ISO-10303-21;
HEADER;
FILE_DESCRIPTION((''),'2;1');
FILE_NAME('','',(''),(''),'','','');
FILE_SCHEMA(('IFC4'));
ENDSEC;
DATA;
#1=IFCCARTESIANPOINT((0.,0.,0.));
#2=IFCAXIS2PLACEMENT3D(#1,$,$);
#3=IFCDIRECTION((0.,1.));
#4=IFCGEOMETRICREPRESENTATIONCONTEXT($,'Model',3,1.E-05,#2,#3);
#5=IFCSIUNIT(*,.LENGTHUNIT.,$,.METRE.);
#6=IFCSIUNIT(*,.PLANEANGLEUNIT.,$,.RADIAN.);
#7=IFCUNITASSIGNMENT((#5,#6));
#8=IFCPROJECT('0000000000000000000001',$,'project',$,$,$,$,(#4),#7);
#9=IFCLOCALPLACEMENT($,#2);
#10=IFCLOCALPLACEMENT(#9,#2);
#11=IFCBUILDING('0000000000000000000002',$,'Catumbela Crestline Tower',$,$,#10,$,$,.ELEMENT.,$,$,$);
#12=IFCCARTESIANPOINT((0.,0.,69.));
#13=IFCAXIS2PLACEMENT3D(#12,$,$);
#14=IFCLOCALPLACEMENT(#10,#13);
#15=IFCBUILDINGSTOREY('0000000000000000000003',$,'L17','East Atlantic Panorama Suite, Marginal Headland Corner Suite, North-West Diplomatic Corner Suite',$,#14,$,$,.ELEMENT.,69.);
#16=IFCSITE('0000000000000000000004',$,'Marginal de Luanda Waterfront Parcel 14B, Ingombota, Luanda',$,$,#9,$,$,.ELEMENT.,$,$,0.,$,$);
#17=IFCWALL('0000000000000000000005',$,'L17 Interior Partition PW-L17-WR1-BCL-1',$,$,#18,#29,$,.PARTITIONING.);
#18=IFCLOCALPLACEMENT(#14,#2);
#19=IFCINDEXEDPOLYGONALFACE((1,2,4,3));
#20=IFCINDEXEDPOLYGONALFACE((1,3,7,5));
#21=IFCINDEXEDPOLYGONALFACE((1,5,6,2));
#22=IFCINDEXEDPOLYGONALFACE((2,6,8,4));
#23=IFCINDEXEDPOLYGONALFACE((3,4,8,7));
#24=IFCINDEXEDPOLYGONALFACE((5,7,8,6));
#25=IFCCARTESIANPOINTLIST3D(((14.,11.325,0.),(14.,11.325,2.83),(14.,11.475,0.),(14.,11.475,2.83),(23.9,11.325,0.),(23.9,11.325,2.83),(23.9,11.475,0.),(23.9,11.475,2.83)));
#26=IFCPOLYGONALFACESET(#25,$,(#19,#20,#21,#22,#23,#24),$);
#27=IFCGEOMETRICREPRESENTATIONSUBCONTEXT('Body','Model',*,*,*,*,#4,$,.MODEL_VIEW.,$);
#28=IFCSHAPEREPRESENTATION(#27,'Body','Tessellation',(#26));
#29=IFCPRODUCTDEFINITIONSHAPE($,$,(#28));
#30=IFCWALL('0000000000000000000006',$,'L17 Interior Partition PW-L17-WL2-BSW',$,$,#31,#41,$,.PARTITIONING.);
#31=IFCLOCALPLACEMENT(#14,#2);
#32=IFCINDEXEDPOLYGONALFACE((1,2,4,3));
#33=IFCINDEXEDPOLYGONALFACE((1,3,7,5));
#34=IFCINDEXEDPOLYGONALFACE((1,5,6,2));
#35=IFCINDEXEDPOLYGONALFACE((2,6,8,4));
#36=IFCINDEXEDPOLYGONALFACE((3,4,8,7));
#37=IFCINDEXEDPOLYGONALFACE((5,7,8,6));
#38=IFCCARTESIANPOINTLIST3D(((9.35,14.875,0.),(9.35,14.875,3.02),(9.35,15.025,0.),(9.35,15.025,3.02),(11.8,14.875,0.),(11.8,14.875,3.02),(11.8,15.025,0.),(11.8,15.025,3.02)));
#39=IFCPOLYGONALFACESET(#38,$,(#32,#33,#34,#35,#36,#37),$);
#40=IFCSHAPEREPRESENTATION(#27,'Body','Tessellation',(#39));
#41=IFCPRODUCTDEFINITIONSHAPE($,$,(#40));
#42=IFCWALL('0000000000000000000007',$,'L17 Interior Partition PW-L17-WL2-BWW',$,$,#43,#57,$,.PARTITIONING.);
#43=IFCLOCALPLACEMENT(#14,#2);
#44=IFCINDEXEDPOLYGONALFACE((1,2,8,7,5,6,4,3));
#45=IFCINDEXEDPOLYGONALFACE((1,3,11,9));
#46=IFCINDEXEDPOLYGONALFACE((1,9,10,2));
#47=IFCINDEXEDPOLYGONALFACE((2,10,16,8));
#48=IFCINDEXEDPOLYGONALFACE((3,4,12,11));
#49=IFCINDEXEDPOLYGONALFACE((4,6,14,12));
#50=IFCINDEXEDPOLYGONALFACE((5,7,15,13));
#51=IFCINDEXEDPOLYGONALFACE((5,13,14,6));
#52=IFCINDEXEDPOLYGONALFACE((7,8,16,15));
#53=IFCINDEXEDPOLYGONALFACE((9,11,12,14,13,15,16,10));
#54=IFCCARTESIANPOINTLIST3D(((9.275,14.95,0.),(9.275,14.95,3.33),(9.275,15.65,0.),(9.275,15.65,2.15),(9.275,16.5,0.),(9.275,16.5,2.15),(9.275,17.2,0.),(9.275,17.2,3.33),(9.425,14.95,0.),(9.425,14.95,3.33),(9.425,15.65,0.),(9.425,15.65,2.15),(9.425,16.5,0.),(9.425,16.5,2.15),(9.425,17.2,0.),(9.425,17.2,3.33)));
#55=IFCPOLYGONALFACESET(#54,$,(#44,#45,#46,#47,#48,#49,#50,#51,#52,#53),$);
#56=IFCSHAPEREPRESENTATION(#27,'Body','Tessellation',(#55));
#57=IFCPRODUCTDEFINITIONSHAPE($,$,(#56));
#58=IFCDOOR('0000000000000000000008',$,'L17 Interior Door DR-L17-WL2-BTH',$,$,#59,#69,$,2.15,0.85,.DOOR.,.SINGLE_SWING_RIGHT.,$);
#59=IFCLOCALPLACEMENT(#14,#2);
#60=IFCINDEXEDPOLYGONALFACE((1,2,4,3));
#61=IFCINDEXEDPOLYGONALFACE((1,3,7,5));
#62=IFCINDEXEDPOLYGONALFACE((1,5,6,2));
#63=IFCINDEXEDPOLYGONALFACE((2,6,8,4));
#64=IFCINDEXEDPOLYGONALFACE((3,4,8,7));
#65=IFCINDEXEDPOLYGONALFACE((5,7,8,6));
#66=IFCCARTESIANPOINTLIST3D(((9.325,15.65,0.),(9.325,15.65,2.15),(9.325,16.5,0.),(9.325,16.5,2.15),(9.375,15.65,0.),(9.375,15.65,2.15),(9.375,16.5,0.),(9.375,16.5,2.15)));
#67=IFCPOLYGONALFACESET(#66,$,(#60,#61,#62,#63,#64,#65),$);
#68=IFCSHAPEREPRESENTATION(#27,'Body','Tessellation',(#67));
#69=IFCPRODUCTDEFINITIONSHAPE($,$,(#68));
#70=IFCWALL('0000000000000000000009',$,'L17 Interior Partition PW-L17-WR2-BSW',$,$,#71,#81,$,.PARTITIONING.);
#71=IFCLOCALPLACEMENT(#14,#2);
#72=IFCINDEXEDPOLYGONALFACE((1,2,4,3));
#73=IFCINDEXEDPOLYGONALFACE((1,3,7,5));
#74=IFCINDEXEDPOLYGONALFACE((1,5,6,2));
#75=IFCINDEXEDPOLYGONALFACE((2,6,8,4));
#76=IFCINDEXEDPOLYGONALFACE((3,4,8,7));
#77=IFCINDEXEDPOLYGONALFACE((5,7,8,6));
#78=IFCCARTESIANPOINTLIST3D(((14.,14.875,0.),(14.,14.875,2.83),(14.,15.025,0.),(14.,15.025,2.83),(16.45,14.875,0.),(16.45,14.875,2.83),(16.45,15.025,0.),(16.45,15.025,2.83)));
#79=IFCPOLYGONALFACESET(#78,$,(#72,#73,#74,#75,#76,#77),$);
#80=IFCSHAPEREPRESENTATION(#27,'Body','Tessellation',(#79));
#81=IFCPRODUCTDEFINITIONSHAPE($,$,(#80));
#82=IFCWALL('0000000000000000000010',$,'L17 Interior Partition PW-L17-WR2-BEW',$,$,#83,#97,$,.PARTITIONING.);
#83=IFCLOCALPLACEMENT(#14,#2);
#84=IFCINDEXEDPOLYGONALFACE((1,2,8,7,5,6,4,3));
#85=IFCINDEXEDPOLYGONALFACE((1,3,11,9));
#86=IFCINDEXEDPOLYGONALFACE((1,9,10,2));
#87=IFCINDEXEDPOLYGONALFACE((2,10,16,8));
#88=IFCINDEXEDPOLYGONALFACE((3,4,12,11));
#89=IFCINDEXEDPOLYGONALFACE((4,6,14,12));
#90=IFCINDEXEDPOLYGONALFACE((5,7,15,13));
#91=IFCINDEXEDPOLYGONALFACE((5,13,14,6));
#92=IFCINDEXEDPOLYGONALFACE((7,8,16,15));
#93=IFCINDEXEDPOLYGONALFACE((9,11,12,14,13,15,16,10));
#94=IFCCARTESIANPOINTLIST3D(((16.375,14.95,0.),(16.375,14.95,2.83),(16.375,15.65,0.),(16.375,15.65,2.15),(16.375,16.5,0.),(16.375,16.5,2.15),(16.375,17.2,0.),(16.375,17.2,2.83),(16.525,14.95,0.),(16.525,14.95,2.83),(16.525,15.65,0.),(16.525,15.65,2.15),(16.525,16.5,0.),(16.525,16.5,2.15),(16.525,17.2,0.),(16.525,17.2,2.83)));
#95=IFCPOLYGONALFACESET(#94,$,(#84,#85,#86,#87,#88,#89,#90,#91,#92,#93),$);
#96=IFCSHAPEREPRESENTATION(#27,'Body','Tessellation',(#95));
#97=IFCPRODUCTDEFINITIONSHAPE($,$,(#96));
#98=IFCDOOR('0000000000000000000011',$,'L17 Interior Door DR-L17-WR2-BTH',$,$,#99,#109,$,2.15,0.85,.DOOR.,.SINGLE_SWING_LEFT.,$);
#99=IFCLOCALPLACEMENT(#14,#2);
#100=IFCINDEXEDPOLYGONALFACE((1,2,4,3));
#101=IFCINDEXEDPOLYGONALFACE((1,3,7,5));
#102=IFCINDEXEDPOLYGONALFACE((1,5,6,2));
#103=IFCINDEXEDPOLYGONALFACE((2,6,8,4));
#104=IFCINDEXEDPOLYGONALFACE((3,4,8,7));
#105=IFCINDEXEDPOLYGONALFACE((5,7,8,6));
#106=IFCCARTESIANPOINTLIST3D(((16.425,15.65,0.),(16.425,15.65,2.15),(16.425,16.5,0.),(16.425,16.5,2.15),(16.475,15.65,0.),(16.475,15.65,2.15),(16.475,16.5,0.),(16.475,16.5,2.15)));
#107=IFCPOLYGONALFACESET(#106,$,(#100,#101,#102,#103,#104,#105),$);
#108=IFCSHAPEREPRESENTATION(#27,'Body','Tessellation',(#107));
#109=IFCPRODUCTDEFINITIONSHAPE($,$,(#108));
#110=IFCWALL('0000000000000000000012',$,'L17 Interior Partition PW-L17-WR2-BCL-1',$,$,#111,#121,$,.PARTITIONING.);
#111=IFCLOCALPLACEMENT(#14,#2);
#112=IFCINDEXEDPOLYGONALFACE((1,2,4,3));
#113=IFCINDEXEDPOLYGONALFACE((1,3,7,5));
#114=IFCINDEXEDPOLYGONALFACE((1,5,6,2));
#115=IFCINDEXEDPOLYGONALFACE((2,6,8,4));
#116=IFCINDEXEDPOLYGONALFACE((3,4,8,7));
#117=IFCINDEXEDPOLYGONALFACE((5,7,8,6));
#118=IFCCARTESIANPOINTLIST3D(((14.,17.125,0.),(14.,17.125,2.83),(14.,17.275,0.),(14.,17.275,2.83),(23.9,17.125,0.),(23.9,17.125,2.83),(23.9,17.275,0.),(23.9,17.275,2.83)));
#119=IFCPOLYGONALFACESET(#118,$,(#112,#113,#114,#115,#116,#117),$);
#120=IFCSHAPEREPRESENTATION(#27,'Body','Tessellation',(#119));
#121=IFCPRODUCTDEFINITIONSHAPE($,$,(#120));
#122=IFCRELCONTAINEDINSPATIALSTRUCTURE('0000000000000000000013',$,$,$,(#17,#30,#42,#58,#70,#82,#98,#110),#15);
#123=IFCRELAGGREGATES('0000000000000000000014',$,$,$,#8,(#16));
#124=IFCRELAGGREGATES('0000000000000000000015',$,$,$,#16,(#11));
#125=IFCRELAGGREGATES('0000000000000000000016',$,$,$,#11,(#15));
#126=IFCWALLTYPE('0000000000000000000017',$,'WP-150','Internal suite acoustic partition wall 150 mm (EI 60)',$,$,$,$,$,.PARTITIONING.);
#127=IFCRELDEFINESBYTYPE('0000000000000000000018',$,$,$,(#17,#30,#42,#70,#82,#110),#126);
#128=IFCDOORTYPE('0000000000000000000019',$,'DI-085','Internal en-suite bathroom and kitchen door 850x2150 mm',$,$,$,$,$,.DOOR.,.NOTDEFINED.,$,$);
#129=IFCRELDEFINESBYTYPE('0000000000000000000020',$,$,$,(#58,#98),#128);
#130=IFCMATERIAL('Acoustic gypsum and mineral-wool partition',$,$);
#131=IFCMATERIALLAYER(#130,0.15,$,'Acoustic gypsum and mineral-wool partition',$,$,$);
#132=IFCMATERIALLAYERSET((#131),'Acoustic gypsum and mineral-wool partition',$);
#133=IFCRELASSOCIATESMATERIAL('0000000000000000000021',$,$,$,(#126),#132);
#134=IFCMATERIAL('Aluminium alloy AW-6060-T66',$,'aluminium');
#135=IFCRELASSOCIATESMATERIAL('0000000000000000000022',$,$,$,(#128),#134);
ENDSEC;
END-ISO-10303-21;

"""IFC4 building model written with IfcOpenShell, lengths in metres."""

from ifc_helpers import new_model, si_unit, direction, frame, frame_2d, origin, place, context, subcontext, project, spatial, rectangle, extrude, material, layer, layer_set, type_object, element, fill, save


model = new_model("IFC4")

# Units and contexts
model_context = context("Model", 3, precision=1e-05, world=origin(), true_north=direction((0.0, 1.0)))
body_context = subcontext(model_context, "Body", "Model", "MODEL_VIEW")
ifc_project = project(units=[si_unit("LENGTHUNIT", "METRE"), si_unit("PLANEANGLEUNIT", "RADIAN")], contexts=[model_context])

# Site, building, storey
site_placement = place(None, origin())
site = spatial("IfcSite", under=ifc_project, at=site_placement, Name="Marginal de Luanda Waterfront Parcel 14B, Ingombota, Luanda", CompositionType="ELEMENT", RefElevation=0.0)
building_placement = place(site_placement, origin())
building = spatial("IfcBuilding", under=site, at=building_placement, Name="Catumbela Crestline Tower", CompositionType="ELEMENT")
storey_placement = place(building_placement, frame((0.0, 0.0, 69.0)))
storey = spatial("IfcBuildingStorey", under=building, at=storey_placement, Name="L17", Description="East Atlantic Panorama Suite, Marginal Headland Corner Suite, North-West Diplomatic Corner Suite", CompositionType="ELEMENT", Elevation=69.0)

# Shared definitions
ifc_material_1 = material(Name="Acoustic gypsum and mineral-wool partition")
ifc_layer = layer(ifc_material_1, 0.15, Name="Acoustic gypsum and mineral-wool partition")
ifc_layer_set = layer_set([ifc_layer], Name="Acoustic gypsum and mineral-wool partition")
wall_type = type_object("IfcWallType", Name="WP-150", Description="Internal suite acoustic partition wall 150 mm (EI 60)", PredefinedType="PARTITIONING", material=ifc_layer_set)

# Shared definitions
ifc_material_2 = material(Name="Aluminium alloy AW-6060-T66", Category="aluminium")
door_type = type_object("IfcDoorType", Name="DI-085", Description="Internal en-suite bathroom and kitchen door 850x2150 mm", OperationType="NOTDEFINED", PredefinedType="DOOR", material=ifc_material_2)

# Walls
wall_1_placement = place(storey_placement, frame((14.0, 11.4, 0.0), z_axis=(0.0, 0.0, 1.0), x_axis=(1.0, 0.0, 0.0)))
element("IfcWall", 1, at=wall_1_placement, inside=storey, type_object=wall_type, Name="L17 Interior Partition PW-L17-WR1-BCL-1", PredefinedType="PARTITIONING", context=body_context, shape_type="SweptSolid", body=[
    extrude(rectangle(XDim=9.9, YDim=0.15, at=frame_2d((4.95, 0.0))), origin(), (0.0, 0.0, 1.0), 2.83),
])
wall_2_placement = place(storey_placement, frame((9.35, 14.95, 0.0), z_axis=(0.0, 0.0, 1.0), x_axis=(1.0, 0.0, 0.0)))
element("IfcWall", 2, at=wall_2_placement, inside=storey, type_object=wall_type, Name="L17 Interior Partition PW-L17-WL2-BSW", PredefinedType="PARTITIONING", context=body_context, shape_type="SweptSolid", body=[
    extrude(rectangle(XDim=2.45, YDim=0.15, at=frame_2d((1.225, 0.0))), origin(), (0.0, 0.0, 1.0), 3.02),
])

# Wall, opening, door
wall_3_placement = place(storey_placement, frame((9.35, 14.95, 0.0), z_axis=(0.0, 0.0, 1.0), x_axis=(0.0, 1.0, 0.0)))
wall_3 = element("IfcWall", 3, at=wall_3_placement, inside=storey, type_object=wall_type, Name="L17 Interior Partition PW-L17-WL2-BWW", PredefinedType="PARTITIONING", context=body_context, shape_type="SweptSolid", body=[
    extrude(rectangle(XDim=2.25, YDim=0.15, at=frame_2d((1.125, 0.0))), origin(), (0.0, 0.0, 1.0), 3.33),
])
opening_1_placement = place(wall_3_placement, frame((0.7, 0.0, 0.0)))
opening_1 = element("IfcOpeningElement", 4, at=opening_1_placement, cuts=wall_3, PredefinedType="OPENING", context=body_context, shape_type="SweptSolid", body=[
    extrude(rectangle(XDim=0.85, YDim=2.15, at=frame_2d((0.425, 1.075))), frame((0.0, 0.085, 0.0), z_axis=(0.0, -1.0, 0.0), x_axis=(1.0, 0.0, 0.0)), (0.0, 0.0, 1.0), 0.17),
])
door_1_placement = place(opening_1_placement, origin())
door_1 = element("IfcDoor", 5, at=door_1_placement, inside=storey, type_object=door_type, Name="L17 Interior Door DR-L17-WL2-BTH", OperationType="SINGLE_SWING_RIGHT", OverallHeight=2.15, OverallWidth=0.85, PredefinedType="DOOR", context=body_context, shape_type="SweptSolid", body=[
    extrude(rectangle(XDim=0.85, YDim=2.15, at=frame_2d((0.425, 1.075))), frame((0.0, 0.025, 0.0), z_axis=(0.0, -1.0, 0.0), x_axis=(1.0, 0.0, 0.0)), (0.0, 0.0, 1.0), 0.05),
])
fill(opening_1, door_1)

# Wall
wall_4_placement = place(storey_placement, frame((14.0, 14.95, 0.0), z_axis=(0.0, 0.0, 1.0), x_axis=(1.0, 0.0, 0.0)))
element("IfcWall", 6, at=wall_4_placement, inside=storey, type_object=wall_type, Name="L17 Interior Partition PW-L17-WR2-BSW", PredefinedType="PARTITIONING", context=body_context, shape_type="SweptSolid", body=[
    extrude(rectangle(XDim=2.45, YDim=0.15, at=frame_2d((1.225, 0.0))), origin(), (0.0, 0.0, 1.0), 2.83),
])

# Wall, opening, door
wall_5_placement = place(storey_placement, frame((16.45, 14.95, 0.0), z_axis=(0.0, 0.0, 1.0), x_axis=(0.0, 1.0, 0.0)))
wall_5 = element("IfcWall", 7, at=wall_5_placement, inside=storey, type_object=wall_type, Name="L17 Interior Partition PW-L17-WR2-BEW", PredefinedType="PARTITIONING", context=body_context, shape_type="SweptSolid", body=[
    extrude(rectangle(XDim=2.25, YDim=0.15, at=frame_2d((1.125, 0.0))), origin(), (0.0, 0.0, 1.0), 2.83),
])
opening_2_placement = place(wall_5_placement, frame((0.7, 0.0, 0.0)))
opening_2 = element("IfcOpeningElement", 8, at=opening_2_placement, cuts=wall_5, PredefinedType="OPENING", context=body_context, shape_type="SweptSolid", body=[
    extrude(rectangle(XDim=0.85, YDim=2.15, at=frame_2d((0.425, 1.075))), frame((0.0, 0.085, 0.0), z_axis=(0.0, -1.0, 0.0), x_axis=(1.0, 0.0, 0.0)), (0.0, 0.0, 1.0), 0.17),
])
door_2_placement = place(opening_2_placement, origin())
door_2 = element("IfcDoor", 9, at=door_2_placement, inside=storey, type_object=door_type, Name="L17 Interior Door DR-L17-WR2-BTH", OperationType="SINGLE_SWING_LEFT", OverallHeight=2.15, OverallWidth=0.85, PredefinedType="DOOR", context=body_context, shape_type="SweptSolid", body=[
    extrude(rectangle(XDim=0.85, YDim=2.15, at=frame_2d((0.425, 1.075))), frame((0.0, 0.025, 0.0), z_axis=(0.0, -1.0, 0.0), x_axis=(1.0, 0.0, 0.0)), (0.0, 0.0, 1.0), 0.05),
])
fill(opening_2, door_2)

# Wall
wall_6_placement = place(storey_placement, frame((14.0, 17.2, 0.0), z_axis=(0.0, 0.0, 1.0), x_axis=(1.0, 0.0, 0.0)))
element("IfcWall", 10, at=wall_6_placement, inside=storey, type_object=wall_type, Name="L17 Interior Partition PW-L17-WR2-BCL-1", PredefinedType="PARTITIONING", context=body_context, shape_type="SweptSolid", body=[
    extrude(rectangle(XDim=9.9, YDim=0.15, at=frame_2d((4.95, 0.0))), origin(), (0.0, 0.0, 1.0), 2.83),
])

save(model, "model.ifc")
